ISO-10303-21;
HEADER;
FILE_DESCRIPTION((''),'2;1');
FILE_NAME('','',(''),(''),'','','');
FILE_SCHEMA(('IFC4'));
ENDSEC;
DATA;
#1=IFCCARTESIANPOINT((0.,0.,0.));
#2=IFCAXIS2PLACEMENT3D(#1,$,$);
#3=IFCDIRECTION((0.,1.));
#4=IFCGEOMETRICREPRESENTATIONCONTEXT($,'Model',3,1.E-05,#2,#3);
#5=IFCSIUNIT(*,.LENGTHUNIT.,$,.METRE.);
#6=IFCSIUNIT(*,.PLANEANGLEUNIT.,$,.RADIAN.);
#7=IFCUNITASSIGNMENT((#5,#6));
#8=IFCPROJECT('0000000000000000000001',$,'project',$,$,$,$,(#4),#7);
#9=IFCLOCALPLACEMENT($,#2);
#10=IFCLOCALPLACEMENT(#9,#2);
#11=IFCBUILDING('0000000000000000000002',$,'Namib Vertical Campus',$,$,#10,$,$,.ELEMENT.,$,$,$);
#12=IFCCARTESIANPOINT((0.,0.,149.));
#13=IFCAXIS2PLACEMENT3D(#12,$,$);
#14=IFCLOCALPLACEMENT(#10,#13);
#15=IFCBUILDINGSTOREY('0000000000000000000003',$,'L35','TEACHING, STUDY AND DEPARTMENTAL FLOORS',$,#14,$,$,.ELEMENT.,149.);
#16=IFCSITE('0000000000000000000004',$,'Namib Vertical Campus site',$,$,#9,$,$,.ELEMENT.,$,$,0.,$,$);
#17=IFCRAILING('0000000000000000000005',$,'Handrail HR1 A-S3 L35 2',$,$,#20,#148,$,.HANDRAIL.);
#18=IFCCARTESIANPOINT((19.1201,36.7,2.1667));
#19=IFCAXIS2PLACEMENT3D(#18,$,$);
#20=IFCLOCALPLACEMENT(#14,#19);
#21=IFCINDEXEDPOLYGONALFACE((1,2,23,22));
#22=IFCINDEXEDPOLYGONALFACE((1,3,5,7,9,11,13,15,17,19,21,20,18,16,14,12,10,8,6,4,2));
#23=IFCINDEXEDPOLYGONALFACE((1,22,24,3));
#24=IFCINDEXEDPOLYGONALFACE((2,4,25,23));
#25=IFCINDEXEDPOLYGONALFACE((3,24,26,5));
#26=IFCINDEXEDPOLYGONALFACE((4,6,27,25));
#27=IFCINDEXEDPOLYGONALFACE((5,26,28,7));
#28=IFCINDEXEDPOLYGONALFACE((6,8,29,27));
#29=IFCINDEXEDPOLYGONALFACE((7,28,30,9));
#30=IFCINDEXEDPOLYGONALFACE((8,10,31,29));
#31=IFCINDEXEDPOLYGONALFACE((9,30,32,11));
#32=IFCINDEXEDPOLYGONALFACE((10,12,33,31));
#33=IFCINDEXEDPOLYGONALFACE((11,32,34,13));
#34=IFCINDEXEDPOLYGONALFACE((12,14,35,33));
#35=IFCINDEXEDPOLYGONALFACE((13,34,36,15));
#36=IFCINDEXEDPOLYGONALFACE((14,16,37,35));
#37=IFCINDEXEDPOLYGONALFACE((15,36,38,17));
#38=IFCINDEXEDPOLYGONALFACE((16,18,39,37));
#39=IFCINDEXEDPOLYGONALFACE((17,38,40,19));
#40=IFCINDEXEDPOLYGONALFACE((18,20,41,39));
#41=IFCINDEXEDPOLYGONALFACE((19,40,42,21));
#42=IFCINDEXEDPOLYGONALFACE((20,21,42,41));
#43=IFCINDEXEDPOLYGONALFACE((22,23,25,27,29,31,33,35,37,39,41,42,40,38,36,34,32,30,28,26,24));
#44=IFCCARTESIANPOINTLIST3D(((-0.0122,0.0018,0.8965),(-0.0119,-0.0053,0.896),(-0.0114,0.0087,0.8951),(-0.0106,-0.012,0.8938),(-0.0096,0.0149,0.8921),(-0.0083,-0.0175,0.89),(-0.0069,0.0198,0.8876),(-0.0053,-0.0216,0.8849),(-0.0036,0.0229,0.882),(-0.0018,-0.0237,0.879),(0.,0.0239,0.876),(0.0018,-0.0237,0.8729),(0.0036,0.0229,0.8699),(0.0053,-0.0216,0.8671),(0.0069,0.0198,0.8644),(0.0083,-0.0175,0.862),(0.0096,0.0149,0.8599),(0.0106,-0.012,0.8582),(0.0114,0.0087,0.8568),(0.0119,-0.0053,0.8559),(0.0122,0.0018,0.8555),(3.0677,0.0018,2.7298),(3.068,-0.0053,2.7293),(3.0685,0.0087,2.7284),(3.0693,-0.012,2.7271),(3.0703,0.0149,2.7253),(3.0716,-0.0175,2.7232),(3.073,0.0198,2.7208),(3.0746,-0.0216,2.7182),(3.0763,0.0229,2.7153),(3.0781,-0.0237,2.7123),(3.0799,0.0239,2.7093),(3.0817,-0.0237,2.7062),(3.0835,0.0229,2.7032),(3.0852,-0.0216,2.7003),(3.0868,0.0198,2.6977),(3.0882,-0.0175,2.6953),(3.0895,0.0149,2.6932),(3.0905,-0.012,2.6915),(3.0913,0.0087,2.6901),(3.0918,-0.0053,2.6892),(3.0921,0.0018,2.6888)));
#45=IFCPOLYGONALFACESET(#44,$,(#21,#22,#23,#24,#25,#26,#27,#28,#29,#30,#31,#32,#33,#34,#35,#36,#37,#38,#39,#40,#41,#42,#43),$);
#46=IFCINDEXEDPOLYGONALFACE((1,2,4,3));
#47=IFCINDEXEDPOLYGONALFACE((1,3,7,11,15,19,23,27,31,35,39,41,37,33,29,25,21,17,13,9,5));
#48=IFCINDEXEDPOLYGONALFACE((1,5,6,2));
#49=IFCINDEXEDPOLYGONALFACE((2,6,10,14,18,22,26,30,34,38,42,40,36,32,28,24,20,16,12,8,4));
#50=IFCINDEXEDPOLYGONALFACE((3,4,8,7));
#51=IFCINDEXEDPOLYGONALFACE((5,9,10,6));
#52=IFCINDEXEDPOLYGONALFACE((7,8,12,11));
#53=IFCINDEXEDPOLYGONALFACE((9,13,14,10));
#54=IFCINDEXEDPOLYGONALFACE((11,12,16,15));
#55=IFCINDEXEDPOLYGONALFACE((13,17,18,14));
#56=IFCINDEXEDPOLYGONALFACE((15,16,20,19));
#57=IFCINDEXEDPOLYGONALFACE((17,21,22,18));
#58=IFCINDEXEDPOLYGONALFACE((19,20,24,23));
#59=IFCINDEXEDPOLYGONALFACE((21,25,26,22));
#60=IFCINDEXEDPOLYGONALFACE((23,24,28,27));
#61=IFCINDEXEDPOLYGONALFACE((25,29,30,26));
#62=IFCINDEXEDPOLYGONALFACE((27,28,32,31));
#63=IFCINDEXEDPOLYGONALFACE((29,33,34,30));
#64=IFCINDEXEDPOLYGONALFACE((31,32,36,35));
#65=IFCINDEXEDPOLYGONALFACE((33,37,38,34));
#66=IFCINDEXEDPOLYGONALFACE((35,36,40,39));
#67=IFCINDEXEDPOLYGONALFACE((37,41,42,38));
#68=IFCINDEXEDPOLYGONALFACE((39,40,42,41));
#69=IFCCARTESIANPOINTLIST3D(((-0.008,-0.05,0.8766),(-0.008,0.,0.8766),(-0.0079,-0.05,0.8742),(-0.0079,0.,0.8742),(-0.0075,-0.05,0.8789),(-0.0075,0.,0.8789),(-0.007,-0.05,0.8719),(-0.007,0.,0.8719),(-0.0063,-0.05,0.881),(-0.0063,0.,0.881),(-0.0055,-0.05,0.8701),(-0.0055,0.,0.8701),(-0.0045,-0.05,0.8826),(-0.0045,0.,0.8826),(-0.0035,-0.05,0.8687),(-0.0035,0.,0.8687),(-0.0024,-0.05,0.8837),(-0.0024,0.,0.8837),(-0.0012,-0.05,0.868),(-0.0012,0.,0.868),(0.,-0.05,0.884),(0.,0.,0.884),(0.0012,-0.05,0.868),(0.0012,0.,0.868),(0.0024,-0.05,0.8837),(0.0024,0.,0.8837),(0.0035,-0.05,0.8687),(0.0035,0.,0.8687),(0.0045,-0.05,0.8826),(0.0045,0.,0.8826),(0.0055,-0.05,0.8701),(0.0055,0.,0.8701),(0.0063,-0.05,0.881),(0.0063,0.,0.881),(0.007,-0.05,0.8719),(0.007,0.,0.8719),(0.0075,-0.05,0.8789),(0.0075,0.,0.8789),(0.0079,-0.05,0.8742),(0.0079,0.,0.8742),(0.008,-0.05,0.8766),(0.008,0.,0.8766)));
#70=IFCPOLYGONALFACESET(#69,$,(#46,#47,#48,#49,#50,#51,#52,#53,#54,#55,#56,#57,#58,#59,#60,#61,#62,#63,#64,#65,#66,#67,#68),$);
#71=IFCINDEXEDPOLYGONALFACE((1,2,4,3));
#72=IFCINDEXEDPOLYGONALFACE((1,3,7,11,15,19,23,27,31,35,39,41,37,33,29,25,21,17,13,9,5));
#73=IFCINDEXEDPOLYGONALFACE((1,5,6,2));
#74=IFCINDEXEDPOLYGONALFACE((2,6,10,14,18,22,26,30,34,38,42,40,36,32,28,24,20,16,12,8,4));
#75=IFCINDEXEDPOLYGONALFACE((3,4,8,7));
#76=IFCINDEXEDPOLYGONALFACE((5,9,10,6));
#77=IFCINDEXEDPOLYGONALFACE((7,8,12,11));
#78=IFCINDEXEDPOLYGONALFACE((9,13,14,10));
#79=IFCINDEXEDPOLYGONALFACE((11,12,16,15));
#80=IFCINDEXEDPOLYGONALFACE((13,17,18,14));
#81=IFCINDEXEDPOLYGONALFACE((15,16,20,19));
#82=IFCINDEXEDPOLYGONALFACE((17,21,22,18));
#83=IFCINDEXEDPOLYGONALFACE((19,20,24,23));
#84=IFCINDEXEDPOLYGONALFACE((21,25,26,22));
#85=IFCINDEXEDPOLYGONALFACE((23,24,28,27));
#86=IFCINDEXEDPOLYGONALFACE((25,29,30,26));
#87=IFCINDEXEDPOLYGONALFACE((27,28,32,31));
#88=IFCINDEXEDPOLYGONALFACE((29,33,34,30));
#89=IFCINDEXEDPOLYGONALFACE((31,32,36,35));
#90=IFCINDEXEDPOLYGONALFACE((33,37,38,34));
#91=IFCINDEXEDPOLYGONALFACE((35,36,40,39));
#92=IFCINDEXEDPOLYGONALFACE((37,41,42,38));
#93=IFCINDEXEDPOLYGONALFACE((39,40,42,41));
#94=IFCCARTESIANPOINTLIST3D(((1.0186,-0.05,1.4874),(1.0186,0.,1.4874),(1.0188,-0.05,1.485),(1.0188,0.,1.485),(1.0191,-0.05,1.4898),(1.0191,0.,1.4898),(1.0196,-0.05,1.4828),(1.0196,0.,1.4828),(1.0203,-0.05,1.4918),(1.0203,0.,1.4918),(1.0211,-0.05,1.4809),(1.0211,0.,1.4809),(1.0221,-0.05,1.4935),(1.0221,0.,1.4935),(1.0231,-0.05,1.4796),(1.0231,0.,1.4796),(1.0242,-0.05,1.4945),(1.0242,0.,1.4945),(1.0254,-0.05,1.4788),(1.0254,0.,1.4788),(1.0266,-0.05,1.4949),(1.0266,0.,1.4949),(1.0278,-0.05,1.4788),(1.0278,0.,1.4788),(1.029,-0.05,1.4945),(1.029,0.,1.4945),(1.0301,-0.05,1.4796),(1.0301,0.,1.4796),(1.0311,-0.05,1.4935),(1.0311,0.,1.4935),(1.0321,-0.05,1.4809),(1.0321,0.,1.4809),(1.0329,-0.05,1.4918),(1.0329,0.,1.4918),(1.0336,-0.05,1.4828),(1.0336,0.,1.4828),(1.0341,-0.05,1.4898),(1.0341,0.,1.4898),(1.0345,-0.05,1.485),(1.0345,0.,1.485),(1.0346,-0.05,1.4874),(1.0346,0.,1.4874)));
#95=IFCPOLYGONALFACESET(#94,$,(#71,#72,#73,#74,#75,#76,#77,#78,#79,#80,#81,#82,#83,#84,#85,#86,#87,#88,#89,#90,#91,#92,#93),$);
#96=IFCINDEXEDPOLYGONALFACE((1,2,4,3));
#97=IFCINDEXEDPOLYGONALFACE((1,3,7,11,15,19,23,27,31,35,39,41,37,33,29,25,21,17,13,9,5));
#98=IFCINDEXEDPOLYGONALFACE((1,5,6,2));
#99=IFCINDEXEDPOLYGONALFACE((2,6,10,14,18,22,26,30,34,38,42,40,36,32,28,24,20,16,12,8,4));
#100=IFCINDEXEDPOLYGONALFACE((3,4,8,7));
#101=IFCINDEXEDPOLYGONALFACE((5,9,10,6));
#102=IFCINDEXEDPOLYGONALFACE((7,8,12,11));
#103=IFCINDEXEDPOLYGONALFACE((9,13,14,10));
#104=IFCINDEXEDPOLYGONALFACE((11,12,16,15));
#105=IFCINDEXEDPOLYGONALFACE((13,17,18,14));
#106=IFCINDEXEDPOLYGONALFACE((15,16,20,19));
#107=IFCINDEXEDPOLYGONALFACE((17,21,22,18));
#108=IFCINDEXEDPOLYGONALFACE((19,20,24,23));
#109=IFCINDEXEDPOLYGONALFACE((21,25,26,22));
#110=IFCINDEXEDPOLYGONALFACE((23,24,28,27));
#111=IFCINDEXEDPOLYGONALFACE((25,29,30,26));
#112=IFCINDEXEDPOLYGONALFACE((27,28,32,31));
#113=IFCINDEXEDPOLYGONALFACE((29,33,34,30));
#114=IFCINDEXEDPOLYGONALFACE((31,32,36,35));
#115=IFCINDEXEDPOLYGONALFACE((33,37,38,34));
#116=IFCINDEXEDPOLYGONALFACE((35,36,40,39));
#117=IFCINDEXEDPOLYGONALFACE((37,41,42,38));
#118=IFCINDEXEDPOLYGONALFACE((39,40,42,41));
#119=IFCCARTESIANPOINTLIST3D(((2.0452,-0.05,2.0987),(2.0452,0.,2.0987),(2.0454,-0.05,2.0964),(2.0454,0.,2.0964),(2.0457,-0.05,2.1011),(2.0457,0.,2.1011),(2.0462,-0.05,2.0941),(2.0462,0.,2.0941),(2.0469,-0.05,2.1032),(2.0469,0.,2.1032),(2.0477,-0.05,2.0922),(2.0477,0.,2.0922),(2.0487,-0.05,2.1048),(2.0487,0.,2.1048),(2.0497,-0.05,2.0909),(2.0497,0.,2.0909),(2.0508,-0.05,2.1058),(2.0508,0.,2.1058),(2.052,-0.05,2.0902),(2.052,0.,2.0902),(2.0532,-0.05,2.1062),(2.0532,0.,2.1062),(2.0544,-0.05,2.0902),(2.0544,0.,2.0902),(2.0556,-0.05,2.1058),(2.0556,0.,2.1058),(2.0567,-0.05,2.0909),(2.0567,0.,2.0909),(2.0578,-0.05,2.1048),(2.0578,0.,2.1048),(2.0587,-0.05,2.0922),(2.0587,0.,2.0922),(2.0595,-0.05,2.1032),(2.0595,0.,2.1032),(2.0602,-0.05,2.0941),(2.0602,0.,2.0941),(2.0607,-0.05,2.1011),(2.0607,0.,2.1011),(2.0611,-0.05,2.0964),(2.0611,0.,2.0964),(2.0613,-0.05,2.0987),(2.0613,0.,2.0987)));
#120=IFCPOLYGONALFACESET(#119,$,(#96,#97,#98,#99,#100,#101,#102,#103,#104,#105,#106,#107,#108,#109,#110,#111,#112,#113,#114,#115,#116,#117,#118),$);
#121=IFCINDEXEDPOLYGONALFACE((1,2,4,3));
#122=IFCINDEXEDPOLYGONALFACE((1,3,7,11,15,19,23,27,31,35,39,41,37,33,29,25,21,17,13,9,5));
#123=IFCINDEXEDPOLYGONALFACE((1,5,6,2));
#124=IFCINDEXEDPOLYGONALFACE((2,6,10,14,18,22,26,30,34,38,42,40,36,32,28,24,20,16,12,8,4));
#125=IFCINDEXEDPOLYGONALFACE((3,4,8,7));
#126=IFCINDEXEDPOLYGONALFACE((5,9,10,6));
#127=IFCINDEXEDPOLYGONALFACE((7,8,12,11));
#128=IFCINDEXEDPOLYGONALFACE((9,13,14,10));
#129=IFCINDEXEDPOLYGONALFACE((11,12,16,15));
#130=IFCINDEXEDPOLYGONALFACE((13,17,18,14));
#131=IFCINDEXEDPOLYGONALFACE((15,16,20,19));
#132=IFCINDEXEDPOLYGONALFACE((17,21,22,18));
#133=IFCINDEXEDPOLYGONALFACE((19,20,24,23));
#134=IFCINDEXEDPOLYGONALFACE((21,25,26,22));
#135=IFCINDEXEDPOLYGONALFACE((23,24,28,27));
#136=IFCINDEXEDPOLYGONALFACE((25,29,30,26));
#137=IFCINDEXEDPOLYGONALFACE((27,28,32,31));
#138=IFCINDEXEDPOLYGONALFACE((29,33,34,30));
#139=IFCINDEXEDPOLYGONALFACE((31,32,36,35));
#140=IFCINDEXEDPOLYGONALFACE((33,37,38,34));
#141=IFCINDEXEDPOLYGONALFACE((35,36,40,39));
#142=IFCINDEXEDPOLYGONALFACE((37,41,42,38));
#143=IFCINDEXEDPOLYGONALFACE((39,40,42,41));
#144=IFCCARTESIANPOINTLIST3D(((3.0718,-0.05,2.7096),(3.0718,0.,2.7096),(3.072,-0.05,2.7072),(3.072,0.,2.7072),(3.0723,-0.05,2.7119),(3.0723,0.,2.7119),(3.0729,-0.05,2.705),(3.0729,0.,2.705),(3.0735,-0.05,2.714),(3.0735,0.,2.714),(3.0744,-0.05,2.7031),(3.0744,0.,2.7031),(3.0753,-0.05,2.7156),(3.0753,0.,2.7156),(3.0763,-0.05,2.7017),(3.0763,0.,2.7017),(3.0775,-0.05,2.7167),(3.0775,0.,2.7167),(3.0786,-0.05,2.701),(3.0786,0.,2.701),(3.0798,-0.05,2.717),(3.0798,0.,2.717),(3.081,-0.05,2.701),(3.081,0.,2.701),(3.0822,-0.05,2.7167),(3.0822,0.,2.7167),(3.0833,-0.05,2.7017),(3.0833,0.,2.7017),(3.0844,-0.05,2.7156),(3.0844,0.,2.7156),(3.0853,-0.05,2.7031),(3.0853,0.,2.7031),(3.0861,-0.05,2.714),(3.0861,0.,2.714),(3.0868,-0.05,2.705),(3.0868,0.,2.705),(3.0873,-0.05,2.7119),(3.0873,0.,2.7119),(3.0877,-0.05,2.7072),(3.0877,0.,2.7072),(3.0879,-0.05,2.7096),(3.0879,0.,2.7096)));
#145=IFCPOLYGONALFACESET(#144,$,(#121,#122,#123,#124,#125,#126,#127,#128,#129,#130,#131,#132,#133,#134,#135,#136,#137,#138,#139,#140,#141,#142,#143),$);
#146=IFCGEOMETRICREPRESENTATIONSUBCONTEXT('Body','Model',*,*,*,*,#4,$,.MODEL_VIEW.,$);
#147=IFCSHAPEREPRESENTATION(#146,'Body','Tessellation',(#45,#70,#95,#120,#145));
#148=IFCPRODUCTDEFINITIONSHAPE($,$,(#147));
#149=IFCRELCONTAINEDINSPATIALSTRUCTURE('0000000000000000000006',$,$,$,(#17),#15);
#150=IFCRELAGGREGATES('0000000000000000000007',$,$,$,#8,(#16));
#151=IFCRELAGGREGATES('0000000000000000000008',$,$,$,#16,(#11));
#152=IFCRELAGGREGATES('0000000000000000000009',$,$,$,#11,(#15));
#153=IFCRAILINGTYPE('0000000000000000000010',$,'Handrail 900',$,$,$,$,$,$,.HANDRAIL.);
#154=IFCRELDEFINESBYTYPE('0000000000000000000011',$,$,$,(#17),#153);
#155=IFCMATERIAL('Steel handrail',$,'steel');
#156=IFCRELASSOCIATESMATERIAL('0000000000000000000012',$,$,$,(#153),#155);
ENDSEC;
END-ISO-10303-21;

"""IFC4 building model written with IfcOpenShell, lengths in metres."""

from ifc_helpers import new_model, si_unit, direction, frame, origin, origin_2d, place, context, subcontext, project, spatial, circle, extrude, material, type_object, element, save


model = new_model("IFC4")

# Units and contexts
model_context = context("Model", 3, precision=1e-05, world=origin(), true_north=direction((0.0, 1.0)))
body_context = subcontext(model_context, "Body", "Model", "MODEL_VIEW")
ifc_project = project(units=[si_unit("LENGTHUNIT", "METRE"), si_unit("PLANEANGLEUNIT", "RADIAN")], contexts=[model_context])

# Site, building, storey
site_placement = place(None, origin())
site = spatial("IfcSite", under=ifc_project, at=site_placement, Name="Namib Vertical Campus site", CompositionType="ELEMENT", RefElevation=0.0)
building_placement = place(site_placement, origin())
building = spatial("IfcBuilding", under=site, at=building_placement, Name="Namib Vertical Campus", CompositionType="ELEMENT")
storey_placement = place(building_placement, frame((0.0, 0.0, 149.0)))
storey = spatial("IfcBuildingStorey", under=building, at=storey_placement, Name="L35", Description="TEACHING, STUDY AND DEPARTMENTAL FLOORS", CompositionType="ELEMENT", Elevation=149.0)

# Railing
ifc_material_1 = material(Name="Steel handrail", Category="steel")
railing_type_1 = type_object("IfcRailingType", Name="Handrail 900", PredefinedType="HANDRAIL", material=ifc_material_1)
railing_1_placement = place(storey_placement, frame((19.1201, 36.7, 2.1667)))
element("IfcRailing", 1, at=railing_1_placement, inside=storey, type_object=railing_type_1, Name="Handrail HR1 A-S3 L35 2", PredefinedType="HANDRAIL", context=body_context, shape_type="SweptSolid", body=[
    extrude(circle(Radius=0.0239, at=origin_2d()), frame((0.0, 0.0, 0.876), z_axis=(0.859291, 0.0, 0.511487), x_axis=(0.0, 1.0, 0.0)), (0.0, 0.0, 1.0), 3.5842),
    extrude(circle(Radius=0.0081, at=origin_2d()), frame((0.0, 0.0, 0.876), z_axis=(0.0, -1.0, 0.0), x_axis=(0.0, 0.0, 1.0)), (0.0, 0.0, 1.0), 0.05),
    extrude(circle(Radius=0.0081, at=origin_2d()), frame((1.0266, 0.0, 1.4868), z_axis=(0.0, -1.0, 0.0), x_axis=(0.0, 0.0, 1.0)), (0.0, 0.0, 1.0), 0.05),
    extrude(circle(Radius=0.0081, at=origin_2d()), frame((2.0532, 0.0, 2.0981), z_axis=(0.0, -1.0, 0.0), x_axis=(0.0, 0.0, 1.0)), (0.0, 0.0, 1.0), 0.05),
    extrude(circle(Radius=0.0081, at=origin_2d()), frame((3.0798, 0.0, 2.709), z_axis=(0.0, -1.0, 0.0), x_axis=(0.0, 0.0, 1.0)), (0.0, 0.0, 1.0), 0.05),
])

save(model, "model.ifc")
